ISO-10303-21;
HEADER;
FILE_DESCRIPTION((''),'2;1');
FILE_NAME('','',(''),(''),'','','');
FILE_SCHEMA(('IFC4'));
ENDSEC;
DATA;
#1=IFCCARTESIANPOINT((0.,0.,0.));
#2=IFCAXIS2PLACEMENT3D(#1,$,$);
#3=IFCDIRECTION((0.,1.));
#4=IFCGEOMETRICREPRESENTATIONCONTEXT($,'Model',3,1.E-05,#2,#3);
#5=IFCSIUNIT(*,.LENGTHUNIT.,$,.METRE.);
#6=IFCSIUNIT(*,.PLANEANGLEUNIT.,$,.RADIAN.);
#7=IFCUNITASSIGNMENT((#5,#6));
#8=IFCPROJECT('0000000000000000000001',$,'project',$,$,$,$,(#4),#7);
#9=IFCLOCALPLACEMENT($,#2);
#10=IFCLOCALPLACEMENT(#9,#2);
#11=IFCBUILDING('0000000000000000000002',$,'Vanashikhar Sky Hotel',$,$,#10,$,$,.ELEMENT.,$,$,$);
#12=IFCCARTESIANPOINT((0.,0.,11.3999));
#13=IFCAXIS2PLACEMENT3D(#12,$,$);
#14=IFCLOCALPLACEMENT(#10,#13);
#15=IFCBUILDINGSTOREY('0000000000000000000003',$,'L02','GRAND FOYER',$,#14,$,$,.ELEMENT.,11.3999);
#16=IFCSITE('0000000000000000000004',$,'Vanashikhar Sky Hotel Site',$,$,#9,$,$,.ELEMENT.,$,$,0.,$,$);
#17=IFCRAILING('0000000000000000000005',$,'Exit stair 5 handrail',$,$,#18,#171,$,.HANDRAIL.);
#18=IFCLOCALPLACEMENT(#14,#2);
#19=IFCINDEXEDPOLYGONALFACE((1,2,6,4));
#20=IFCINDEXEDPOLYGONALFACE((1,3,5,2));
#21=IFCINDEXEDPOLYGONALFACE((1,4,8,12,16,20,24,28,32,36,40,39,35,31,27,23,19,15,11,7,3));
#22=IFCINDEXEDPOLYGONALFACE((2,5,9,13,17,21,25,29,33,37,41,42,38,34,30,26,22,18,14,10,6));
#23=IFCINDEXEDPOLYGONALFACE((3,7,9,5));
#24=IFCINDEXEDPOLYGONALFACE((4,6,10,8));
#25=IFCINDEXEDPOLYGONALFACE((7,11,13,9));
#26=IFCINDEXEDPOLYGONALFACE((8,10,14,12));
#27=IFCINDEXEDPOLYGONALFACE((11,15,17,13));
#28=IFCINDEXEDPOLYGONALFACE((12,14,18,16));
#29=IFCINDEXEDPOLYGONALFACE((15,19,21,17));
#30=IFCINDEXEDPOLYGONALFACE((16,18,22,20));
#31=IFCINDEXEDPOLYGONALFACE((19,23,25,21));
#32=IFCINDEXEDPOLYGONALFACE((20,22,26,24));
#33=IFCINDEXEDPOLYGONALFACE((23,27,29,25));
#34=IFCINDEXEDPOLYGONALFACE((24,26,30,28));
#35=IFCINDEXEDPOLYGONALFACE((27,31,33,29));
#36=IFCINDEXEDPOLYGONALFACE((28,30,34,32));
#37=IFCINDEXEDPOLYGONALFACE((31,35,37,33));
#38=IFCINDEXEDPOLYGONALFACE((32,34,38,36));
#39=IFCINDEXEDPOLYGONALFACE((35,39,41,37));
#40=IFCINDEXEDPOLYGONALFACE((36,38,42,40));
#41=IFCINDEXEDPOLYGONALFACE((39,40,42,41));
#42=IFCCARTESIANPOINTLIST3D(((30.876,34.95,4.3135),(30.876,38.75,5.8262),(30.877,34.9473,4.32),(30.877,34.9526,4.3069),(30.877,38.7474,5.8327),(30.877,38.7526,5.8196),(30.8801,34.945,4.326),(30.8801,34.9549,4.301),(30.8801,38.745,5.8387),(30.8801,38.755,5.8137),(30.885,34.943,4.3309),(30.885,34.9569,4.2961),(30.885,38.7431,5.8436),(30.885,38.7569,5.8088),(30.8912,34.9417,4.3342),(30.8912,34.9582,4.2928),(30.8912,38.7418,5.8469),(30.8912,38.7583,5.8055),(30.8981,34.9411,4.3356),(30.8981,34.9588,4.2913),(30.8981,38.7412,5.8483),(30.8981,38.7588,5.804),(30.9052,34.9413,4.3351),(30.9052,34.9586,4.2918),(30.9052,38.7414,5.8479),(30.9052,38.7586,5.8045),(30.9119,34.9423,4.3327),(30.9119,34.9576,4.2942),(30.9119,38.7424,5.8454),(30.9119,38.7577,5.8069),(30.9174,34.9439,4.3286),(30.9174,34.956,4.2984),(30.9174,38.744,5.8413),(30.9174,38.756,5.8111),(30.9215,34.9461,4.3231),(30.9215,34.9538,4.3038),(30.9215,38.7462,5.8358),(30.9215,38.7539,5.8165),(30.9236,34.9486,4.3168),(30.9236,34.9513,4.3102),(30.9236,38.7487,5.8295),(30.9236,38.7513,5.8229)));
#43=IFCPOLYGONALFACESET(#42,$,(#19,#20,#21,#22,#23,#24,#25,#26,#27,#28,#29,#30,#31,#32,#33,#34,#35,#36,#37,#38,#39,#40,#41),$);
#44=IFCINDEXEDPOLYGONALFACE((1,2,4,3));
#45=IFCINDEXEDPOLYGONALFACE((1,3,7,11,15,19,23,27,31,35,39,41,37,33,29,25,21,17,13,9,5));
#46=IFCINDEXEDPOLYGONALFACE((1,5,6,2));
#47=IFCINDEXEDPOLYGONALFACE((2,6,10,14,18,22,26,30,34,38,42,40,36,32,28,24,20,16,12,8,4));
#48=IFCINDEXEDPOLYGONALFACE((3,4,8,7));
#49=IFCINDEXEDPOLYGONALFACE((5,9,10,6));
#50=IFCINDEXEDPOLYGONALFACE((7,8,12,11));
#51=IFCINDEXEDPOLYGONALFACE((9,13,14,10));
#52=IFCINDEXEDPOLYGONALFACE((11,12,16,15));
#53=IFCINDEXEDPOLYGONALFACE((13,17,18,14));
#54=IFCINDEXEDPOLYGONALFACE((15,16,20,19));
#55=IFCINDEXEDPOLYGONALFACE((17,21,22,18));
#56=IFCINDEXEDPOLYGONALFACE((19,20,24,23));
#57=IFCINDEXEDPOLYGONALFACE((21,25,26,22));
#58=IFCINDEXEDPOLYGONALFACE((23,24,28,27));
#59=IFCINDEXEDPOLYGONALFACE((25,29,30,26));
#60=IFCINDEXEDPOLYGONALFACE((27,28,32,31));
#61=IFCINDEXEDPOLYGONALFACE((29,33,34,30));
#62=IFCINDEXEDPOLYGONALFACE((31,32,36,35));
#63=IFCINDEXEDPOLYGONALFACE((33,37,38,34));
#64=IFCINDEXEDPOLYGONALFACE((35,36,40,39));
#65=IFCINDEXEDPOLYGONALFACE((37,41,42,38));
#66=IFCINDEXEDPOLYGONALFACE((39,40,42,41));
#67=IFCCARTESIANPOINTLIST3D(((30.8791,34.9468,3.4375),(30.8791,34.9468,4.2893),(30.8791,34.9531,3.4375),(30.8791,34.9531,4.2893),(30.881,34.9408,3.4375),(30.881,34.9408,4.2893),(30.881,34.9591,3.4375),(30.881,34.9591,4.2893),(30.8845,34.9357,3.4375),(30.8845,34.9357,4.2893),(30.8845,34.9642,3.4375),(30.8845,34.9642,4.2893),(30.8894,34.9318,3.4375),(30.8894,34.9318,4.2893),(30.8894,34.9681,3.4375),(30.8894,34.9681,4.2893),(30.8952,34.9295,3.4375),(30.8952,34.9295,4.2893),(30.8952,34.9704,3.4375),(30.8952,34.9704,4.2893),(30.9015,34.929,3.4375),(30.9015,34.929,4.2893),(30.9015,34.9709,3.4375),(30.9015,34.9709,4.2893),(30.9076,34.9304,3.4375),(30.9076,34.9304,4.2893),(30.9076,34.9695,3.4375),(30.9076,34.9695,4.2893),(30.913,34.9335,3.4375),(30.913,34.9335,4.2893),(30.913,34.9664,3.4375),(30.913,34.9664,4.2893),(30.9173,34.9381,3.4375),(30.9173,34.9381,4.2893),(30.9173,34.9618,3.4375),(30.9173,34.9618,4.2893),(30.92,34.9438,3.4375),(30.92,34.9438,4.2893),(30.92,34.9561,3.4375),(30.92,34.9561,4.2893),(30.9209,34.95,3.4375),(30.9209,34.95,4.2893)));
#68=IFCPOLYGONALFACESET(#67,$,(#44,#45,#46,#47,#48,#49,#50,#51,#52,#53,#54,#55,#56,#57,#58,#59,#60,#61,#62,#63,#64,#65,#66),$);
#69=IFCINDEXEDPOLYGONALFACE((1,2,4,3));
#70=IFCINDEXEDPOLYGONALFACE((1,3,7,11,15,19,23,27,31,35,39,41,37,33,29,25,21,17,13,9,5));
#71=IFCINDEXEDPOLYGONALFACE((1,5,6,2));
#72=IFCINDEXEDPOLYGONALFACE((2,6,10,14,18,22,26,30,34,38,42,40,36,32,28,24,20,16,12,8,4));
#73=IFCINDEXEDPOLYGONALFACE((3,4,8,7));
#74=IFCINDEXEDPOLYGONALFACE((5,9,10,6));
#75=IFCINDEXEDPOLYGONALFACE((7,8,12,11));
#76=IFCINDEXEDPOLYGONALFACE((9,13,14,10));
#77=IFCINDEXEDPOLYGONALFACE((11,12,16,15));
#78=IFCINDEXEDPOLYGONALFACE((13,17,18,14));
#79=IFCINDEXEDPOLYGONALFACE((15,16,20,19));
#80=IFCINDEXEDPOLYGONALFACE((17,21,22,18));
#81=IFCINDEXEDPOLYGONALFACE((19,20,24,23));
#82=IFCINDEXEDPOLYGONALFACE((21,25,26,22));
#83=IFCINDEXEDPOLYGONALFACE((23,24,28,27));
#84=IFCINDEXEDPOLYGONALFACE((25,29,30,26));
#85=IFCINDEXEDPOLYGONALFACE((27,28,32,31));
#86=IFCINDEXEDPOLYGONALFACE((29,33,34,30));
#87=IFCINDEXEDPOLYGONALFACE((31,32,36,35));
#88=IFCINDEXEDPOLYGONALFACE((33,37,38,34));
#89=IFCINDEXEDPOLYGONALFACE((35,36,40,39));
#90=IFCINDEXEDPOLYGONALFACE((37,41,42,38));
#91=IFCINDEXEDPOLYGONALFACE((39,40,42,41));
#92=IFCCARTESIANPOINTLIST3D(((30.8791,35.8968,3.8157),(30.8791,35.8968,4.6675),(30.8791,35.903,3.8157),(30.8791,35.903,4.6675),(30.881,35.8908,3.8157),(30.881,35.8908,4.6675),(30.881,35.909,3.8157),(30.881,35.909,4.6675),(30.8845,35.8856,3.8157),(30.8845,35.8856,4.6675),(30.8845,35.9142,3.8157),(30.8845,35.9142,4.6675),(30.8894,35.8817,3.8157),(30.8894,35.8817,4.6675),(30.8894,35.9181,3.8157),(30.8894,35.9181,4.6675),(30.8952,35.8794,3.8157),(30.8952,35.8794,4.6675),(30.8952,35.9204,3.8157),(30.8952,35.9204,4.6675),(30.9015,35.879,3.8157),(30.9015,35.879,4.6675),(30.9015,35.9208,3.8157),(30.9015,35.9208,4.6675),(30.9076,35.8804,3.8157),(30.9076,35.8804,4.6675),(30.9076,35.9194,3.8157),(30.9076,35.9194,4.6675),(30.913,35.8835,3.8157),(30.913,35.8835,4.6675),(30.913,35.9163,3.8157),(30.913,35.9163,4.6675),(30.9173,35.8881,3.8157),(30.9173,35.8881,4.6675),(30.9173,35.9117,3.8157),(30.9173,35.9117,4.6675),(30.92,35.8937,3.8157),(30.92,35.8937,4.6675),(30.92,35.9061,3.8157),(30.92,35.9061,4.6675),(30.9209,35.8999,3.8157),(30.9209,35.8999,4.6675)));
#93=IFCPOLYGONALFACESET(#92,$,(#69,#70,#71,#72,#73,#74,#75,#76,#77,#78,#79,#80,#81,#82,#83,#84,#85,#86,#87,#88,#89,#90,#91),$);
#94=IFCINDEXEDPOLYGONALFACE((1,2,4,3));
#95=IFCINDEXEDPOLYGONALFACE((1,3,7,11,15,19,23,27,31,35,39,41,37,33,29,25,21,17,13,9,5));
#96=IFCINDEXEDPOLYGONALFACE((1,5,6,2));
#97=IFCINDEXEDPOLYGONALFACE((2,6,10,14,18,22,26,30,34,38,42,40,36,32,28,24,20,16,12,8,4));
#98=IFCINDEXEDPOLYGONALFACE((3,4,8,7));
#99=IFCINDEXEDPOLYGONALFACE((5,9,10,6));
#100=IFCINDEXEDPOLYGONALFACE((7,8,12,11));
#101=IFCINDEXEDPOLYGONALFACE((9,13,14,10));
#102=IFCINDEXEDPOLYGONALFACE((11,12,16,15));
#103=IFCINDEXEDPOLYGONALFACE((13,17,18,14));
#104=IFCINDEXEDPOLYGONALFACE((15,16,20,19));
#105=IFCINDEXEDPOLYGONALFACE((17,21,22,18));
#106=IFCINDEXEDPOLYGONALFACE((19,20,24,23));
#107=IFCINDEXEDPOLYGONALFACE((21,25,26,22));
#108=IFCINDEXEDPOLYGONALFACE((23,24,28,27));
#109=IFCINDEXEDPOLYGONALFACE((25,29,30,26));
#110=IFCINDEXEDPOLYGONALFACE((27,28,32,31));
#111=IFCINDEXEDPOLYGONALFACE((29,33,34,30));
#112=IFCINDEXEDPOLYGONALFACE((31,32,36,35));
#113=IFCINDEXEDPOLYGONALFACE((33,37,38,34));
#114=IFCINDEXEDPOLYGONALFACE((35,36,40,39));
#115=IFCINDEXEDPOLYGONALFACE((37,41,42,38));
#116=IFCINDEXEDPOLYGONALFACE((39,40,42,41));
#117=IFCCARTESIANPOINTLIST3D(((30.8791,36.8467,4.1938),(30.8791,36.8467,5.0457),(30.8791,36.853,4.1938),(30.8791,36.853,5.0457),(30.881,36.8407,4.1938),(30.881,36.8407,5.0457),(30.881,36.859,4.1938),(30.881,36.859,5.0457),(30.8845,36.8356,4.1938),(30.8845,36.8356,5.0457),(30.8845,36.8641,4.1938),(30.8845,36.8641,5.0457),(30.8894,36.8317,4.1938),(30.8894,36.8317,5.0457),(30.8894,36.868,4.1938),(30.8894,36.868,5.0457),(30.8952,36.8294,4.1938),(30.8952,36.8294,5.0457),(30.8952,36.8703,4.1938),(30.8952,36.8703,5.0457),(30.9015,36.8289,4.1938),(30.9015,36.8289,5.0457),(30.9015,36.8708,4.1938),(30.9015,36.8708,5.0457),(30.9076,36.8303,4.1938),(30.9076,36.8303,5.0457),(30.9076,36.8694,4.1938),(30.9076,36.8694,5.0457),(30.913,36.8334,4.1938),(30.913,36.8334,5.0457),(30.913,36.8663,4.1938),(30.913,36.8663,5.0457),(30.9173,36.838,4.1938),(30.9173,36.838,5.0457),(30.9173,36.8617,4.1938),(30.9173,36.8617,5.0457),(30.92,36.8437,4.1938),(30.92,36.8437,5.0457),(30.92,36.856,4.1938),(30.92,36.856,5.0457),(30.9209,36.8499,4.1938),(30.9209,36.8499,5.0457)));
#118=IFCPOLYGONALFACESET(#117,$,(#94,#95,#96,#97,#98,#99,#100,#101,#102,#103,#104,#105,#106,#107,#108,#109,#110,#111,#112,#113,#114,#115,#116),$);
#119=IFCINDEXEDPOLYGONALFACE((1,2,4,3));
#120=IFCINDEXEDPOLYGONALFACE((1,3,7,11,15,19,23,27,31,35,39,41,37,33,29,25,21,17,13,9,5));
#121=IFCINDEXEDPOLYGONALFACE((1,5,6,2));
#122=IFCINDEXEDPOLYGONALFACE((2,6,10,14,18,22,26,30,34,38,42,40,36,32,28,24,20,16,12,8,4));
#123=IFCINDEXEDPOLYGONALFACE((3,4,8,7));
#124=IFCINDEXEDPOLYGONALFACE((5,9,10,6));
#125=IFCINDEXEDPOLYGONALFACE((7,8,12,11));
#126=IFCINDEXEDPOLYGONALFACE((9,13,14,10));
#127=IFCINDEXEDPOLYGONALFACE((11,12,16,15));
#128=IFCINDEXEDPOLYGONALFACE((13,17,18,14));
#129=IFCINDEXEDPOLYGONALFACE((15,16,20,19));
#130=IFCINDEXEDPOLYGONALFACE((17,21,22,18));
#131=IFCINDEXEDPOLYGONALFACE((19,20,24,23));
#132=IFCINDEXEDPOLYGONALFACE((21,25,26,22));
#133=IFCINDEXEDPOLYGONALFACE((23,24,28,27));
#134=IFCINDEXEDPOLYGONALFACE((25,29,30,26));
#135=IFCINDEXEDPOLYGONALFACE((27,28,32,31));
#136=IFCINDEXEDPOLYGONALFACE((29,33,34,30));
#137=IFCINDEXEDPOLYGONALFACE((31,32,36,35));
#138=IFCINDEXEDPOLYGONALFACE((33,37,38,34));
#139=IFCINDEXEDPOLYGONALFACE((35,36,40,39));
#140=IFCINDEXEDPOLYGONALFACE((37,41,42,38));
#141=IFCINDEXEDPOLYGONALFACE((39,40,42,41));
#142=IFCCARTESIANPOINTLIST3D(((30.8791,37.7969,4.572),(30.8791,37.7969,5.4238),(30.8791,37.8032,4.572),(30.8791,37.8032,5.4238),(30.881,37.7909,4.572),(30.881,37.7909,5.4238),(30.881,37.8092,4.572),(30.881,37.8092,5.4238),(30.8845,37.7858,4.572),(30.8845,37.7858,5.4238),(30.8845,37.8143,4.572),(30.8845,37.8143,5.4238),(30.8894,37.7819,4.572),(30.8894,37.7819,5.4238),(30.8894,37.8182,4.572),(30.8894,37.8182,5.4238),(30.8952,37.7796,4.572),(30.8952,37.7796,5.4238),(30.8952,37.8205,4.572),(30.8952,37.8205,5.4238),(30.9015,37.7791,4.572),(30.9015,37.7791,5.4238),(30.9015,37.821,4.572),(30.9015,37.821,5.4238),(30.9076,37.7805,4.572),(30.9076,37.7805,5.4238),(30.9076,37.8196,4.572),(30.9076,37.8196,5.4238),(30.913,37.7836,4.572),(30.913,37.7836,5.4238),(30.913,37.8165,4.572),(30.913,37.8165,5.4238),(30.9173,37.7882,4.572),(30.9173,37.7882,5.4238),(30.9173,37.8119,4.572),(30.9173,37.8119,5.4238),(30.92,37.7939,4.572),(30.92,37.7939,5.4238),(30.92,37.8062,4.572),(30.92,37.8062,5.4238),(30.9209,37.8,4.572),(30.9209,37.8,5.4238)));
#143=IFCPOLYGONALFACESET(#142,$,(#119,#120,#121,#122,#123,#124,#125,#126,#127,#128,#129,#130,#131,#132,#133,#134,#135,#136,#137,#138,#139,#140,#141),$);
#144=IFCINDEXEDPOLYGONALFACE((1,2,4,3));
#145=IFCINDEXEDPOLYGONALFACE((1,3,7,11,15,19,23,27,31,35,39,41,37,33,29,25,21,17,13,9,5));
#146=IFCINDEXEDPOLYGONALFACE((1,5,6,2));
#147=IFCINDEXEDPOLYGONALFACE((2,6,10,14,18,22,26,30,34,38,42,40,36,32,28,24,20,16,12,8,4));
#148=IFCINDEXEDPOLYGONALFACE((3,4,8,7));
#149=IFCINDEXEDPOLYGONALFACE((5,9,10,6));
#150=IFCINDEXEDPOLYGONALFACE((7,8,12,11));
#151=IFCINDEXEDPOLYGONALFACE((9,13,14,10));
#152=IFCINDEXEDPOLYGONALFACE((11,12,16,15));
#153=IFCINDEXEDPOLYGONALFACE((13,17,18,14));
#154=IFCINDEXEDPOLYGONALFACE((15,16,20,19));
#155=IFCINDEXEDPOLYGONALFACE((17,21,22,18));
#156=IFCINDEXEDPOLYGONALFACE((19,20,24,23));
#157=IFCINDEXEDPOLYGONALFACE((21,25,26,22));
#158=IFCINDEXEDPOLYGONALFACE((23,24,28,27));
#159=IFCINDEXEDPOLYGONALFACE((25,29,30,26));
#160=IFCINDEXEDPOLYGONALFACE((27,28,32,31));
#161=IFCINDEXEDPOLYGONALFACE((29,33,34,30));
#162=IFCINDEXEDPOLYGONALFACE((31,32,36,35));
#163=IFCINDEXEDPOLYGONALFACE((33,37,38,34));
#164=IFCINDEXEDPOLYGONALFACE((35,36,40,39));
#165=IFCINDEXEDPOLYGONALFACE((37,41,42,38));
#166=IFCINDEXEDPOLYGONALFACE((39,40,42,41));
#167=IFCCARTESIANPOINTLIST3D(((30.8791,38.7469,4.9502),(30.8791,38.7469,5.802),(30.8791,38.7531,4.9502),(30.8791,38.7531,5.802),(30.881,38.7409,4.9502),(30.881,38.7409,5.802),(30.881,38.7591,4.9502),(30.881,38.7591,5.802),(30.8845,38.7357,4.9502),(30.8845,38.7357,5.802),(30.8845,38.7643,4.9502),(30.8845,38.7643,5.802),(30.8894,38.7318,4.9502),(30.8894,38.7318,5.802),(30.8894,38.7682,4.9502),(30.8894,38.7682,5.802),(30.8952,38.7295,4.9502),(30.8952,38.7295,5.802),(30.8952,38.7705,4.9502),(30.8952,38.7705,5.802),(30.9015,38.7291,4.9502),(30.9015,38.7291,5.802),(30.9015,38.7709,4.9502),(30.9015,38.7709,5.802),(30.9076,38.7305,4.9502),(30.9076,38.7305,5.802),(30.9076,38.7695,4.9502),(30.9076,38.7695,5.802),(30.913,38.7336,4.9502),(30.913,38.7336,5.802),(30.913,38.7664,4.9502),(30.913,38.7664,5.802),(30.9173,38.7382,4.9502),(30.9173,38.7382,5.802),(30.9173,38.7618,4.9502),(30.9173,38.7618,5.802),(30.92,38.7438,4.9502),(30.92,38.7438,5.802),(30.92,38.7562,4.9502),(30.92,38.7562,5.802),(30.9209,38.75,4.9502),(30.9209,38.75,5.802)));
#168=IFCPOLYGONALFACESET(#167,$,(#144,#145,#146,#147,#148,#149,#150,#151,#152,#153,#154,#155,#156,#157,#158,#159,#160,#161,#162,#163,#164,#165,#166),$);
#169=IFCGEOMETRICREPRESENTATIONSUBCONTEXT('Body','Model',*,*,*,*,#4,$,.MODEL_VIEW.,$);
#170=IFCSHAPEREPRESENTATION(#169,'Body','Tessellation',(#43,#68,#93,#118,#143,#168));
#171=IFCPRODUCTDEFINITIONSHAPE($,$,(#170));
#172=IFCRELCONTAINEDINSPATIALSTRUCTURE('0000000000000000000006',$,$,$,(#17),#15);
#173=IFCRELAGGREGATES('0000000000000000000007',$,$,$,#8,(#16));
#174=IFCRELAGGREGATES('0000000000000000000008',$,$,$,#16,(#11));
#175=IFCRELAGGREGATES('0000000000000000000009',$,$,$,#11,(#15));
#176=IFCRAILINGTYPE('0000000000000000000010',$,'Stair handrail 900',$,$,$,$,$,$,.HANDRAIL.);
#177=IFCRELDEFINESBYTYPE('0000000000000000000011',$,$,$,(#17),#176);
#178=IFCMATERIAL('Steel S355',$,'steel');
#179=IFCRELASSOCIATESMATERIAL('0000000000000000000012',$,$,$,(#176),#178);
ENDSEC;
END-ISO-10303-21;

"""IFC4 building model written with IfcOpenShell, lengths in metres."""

from ifc_helpers import new_model, si_unit, direction, frame, origin, origin_2d, place, context, subcontext, project, spatial, circle, extrude, source, transform, mapped, material, type_object, element, save


model = new_model("IFC4")

# Units and contexts
model_context = context("Model", 3, precision=1e-05, world=origin(), true_north=direction((0.0, 1.0)))
body_context = subcontext(model_context, "Body", "Model", "MODEL_VIEW")
ifc_project = project(units=[si_unit("LENGTHUNIT", "METRE"), si_unit("PLANEANGLEUNIT", "RADIAN")], contexts=[model_context])

# Site, building, storey
site_placement = place(None, origin())
site = spatial("IfcSite", under=ifc_project, at=site_placement, Name="Vanashikhar Sky Hotel Site", CompositionType="ELEMENT", RefElevation=0.0)
building_placement = place(site_placement, origin())
building = spatial("IfcBuilding", under=site, at=building_placement, Name="Vanashikhar Sky Hotel", CompositionType="ELEMENT")
storey_placement = place(building_placement, frame((0.0, 0.0, 11.3999)))
storey = spatial("IfcBuildingStorey", under=building, at=storey_placement, Name="L02", Description="GRAND FOYER", CompositionType="ELEMENT", Elevation=11.3999)

# Railing
ifc_material_1 = material(Name="Steel S355", Category="steel")
railing_type = type_object("IfcRailingType", Name="Stair handrail 900", PredefinedType="HANDRAIL", material=ifc_material_1)
shared_shape_1 = source(origin(), body_context, "Body", "SweptSolid", [
    extrude(circle(Radius=0.0239, at=origin_2d()), frame((0.0, 0.0, 0.876), z_axis=(0.0, 0.929093, 0.369846), x_axis=(-1.0, 0.0, 0.0)), (0.0, 0.0, 1.0), 4.0901),
    extrude(circle(Radius=0.021, at=origin_2d()), origin(), (0.0, 0.0, 1.0), 0.8518),
    extrude(circle(Radius=0.021, at=origin_2d()), frame((0.0, 0.95, 0.3782)), (0.0, 0.0, 1.0), 0.8518),
    extrude(circle(Radius=0.021, at=origin_2d()), frame((0.0, 1.8999, 0.7563)), (0.0, 0.0, 1.0), 0.8518),
    extrude(circle(Radius=0.021, at=origin_2d()), frame((0.0, 2.8501, 1.1345)), (0.0, 0.0, 1.0), 0.8518),
    extrude(circle(Radius=0.021, at=origin_2d()), frame((0.0, 3.8, 1.5127)), (0.0, 0.0, 1.0), 0.8518),
])
railing_placement = place(storey_placement, frame((30.8999, 34.95, 3.4375)))
element("IfcRailing", 1, at=railing_placement, inside=storey, type_object=railing_type, Name="Exit stair 5 handrail", PredefinedType="HANDRAIL", context=body_context, shape_type="MappedRepresentation", body=[
    mapped(shared_shape_1, transform((0.0, 0.0, 0.0), scale=1.0)),
])

save(model, "model.ifc")
